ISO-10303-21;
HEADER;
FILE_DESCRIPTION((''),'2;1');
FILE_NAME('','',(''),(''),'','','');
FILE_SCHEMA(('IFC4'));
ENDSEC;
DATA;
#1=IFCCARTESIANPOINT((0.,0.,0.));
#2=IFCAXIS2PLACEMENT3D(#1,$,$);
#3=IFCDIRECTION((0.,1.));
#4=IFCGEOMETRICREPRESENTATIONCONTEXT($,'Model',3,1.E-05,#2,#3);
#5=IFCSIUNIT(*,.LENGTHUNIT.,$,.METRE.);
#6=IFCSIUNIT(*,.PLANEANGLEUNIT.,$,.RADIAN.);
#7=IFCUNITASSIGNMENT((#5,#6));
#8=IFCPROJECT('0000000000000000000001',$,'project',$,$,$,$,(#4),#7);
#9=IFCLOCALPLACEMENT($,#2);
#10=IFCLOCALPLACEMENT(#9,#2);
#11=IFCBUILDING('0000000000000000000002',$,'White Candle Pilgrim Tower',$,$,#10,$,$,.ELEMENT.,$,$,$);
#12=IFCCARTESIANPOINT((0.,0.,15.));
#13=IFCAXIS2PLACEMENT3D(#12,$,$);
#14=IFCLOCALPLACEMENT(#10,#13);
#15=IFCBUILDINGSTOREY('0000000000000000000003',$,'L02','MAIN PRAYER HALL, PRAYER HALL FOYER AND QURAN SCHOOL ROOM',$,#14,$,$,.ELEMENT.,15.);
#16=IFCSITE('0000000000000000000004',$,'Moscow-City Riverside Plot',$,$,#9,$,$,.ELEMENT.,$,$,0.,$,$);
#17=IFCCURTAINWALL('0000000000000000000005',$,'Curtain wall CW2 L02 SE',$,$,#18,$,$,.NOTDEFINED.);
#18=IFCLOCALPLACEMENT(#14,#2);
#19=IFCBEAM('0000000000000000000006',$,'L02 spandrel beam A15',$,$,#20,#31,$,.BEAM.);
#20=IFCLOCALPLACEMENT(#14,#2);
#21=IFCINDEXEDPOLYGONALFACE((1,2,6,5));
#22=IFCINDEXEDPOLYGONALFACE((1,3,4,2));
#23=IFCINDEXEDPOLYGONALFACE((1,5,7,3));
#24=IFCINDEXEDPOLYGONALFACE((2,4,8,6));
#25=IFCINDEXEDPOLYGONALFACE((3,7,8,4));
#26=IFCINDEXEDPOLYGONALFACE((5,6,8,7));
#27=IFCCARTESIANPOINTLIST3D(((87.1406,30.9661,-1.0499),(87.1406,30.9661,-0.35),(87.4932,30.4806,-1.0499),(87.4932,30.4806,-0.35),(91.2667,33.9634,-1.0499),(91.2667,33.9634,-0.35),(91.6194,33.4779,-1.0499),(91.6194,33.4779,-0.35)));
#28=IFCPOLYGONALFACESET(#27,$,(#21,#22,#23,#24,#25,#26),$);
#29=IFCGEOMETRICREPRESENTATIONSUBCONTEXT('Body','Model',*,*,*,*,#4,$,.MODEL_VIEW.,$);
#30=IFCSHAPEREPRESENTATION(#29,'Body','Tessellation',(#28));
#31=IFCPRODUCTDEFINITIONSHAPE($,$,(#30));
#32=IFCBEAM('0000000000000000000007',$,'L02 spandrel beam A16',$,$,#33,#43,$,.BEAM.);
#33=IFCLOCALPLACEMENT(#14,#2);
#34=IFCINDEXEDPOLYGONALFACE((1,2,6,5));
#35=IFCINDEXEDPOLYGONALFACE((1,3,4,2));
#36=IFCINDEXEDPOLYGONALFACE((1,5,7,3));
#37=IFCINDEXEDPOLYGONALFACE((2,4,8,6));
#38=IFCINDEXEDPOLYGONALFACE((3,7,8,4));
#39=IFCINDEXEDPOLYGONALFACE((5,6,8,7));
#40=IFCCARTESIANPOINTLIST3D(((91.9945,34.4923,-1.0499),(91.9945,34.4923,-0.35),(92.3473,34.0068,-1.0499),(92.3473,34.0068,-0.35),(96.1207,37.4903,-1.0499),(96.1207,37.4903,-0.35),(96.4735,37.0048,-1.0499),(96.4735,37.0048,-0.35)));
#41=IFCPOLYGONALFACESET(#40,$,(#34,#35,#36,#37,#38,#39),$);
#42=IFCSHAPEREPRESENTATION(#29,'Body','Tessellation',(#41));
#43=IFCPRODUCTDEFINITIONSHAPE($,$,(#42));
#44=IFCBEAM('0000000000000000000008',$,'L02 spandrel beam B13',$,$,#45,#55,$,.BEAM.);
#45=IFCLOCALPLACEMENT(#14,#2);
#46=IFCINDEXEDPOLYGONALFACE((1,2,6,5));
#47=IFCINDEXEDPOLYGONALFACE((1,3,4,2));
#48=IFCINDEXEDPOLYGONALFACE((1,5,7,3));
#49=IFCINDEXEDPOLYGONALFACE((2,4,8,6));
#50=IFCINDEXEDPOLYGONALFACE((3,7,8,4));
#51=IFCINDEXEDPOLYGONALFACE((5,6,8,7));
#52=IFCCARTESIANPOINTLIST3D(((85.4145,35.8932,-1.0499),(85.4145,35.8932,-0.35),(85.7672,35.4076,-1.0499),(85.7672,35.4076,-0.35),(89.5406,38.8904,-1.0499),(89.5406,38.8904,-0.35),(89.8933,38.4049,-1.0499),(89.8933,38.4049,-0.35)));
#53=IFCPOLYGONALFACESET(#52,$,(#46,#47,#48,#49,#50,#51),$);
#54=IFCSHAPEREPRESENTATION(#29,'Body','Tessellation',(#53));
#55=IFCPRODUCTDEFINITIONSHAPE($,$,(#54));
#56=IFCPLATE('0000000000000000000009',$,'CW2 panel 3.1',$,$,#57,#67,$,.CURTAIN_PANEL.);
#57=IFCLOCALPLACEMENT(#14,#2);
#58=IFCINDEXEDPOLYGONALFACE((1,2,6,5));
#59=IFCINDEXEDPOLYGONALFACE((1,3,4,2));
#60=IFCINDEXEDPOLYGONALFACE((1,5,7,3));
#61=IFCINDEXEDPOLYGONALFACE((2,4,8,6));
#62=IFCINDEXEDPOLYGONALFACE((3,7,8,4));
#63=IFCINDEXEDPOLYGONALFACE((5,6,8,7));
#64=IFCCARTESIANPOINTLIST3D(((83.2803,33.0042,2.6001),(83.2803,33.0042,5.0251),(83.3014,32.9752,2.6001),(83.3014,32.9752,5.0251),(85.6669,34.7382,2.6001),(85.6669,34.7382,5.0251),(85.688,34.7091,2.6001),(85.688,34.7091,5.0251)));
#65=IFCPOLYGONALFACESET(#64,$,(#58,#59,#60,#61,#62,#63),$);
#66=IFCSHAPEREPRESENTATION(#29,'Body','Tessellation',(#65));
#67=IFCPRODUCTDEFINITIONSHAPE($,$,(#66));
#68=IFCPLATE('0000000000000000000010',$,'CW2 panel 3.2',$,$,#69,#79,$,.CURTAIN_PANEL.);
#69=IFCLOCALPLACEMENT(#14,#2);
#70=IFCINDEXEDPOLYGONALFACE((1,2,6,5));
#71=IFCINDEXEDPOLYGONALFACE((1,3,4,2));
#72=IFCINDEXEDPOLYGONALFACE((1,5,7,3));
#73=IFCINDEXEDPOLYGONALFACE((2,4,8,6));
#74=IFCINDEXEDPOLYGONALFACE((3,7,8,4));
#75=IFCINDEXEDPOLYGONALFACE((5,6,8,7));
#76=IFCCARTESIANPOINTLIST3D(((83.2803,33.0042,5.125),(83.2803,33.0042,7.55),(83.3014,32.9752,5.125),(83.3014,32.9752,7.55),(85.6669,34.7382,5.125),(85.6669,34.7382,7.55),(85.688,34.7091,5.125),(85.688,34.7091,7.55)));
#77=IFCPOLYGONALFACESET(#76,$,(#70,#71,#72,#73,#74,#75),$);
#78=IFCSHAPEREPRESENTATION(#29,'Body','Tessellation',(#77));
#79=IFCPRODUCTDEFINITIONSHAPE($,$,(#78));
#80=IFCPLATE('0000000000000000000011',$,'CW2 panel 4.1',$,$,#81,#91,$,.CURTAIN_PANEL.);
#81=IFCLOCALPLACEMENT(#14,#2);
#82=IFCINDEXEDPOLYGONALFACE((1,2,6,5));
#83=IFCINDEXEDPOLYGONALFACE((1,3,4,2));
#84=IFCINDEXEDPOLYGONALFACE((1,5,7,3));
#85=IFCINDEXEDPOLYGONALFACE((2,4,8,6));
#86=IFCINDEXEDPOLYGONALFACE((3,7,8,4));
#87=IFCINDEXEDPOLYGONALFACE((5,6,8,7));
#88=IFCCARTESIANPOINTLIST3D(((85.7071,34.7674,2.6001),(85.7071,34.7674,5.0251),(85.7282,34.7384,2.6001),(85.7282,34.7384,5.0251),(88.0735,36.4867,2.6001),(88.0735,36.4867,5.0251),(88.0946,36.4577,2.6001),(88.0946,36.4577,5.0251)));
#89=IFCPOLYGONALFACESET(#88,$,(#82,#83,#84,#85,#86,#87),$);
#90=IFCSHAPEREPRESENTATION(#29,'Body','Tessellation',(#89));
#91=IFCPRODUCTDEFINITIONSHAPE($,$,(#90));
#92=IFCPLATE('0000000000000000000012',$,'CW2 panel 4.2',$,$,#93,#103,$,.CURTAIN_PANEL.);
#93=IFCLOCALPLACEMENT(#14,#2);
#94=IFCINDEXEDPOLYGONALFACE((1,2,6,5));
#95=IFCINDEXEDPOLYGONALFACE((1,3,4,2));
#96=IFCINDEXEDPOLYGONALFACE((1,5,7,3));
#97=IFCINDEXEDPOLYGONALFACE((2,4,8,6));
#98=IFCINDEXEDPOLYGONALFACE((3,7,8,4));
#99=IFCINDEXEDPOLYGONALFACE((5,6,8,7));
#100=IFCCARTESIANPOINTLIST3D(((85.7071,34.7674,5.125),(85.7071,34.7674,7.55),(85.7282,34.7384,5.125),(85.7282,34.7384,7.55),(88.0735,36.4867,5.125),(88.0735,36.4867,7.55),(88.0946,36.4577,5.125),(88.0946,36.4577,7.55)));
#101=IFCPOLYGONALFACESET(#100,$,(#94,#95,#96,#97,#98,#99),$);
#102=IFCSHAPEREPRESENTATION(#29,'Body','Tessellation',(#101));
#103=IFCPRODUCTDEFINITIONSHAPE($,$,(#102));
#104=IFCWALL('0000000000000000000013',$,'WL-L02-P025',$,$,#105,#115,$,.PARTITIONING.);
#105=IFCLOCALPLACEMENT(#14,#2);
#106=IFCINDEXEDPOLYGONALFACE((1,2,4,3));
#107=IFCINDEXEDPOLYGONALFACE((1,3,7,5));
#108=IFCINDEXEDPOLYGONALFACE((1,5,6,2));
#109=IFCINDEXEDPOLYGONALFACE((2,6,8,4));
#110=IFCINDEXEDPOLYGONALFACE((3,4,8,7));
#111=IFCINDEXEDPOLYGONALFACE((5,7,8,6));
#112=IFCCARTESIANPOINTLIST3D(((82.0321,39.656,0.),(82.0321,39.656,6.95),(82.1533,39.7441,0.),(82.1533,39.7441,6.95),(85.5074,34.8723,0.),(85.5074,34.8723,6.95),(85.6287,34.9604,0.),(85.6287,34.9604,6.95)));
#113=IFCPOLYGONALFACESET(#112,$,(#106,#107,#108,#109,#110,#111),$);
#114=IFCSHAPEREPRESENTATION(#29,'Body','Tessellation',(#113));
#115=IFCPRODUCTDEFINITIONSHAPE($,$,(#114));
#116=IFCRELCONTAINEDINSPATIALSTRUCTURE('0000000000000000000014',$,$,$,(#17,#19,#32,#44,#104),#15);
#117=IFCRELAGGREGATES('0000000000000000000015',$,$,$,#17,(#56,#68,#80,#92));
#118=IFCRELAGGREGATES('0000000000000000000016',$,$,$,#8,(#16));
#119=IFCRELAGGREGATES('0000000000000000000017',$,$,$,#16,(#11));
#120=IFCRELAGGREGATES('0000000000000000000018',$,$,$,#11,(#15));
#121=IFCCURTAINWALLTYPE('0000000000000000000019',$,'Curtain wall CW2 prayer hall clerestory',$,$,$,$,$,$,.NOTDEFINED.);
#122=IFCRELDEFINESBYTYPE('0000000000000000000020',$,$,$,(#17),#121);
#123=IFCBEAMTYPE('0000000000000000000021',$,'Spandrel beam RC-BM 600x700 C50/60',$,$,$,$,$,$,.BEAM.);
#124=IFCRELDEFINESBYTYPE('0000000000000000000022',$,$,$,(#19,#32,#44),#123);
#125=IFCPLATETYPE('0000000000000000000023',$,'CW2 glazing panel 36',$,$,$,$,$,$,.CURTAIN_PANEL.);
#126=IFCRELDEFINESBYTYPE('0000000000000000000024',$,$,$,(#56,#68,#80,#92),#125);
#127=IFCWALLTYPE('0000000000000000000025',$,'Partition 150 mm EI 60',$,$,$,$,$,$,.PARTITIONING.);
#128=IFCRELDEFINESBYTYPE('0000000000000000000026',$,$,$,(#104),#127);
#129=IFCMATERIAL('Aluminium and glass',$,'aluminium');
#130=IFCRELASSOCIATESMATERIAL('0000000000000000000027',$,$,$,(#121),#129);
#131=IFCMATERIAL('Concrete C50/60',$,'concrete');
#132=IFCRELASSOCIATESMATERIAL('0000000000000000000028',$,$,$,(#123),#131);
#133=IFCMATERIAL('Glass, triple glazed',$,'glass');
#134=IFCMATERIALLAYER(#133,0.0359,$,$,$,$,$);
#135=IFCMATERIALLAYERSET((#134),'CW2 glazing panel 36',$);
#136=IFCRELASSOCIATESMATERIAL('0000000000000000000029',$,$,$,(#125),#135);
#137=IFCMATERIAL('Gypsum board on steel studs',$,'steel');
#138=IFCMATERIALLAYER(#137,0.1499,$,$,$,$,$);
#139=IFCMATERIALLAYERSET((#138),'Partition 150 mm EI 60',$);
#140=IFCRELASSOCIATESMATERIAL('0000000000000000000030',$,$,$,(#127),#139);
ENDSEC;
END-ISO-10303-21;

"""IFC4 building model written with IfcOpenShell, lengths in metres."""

from ifc_helpers import new_model, si_unit, direction, frame, frame_2d, origin, origin_2d, place, context, subcontext, project, spatial, rectangle, extrude, material, layer, layer_set, material_profile, profile_set, type_object, element, aggregate, save


model = new_model("IFC4")

# Units and contexts
model_context = context("Model", 3, precision=1e-05, world=origin(), true_north=direction((0.0, 1.0)))
body_context = subcontext(model_context, "Body", "Model", "MODEL_VIEW")
ifc_project = project(units=[si_unit("LENGTHUNIT", "METRE"), si_unit("PLANEANGLEUNIT", "RADIAN")], contexts=[model_context])

# Site, building, storey
site_placement = place(None, origin())
site = spatial("IfcSite", under=ifc_project, at=site_placement, Name="Moscow-City Riverside Plot", CompositionType="ELEMENT", RefElevation=0.0)
building_placement = place(site_placement, origin())
building = spatial("IfcBuilding", under=site, at=building_placement, Name="White Candle Pilgrim Tower", CompositionType="ELEMENT")
storey_placement = place(building_placement, frame((0.0, 0.0, 15.0)))
storey = spatial("IfcBuildingStorey", under=building, at=storey_placement, Name="L02", Description="MAIN PRAYER HALL, PRAYER HALL FOYER AND QURAN SCHOOL ROOM", CompositionType="ELEMENT", Elevation=15.0)

# Curtain wall
ifc_material_1 = material(Name="Aluminium and glass", Category="aluminium")
curtain_wall_type = type_object("IfcCurtainWallType", Name="Curtain wall CW2 prayer hall clerestory", PredefinedType="NOTDEFINED", material=ifc_material_1)
curtain_wall_1_placement = place(storey_placement, origin())
curtain_wall_1 = element("IfcCurtainWall", 1, at=curtain_wall_1_placement, inside=storey, type_object=curtain_wall_type, Name="Curtain wall CW2 L02 SE", PredefinedType="NOTDEFINED")

# Beams
ifc_material_2 = material(Name="Concrete C50/60", Category="concrete")
ifc_material_profile_1 = material_profile(ifc_material_2, rectangle(XDim=0.6001, YDim=0.7, at=origin_2d()), Name="RC-BM 600x700")
ifc_profile_set_1 = profile_set([ifc_material_profile_1], Name="Concrete C50/60")
beam_type = type_object("IfcBeamType", Name="Spandrel beam RC-BM 600x700 C50/60", PredefinedType="BEAM", material=ifc_profile_set_1)
beam_1_placement = place(storey_placement, frame((87.3169, 30.7234, -0.7), z_axis=(0.809069, 0.587713, 0.0), x_axis=(-0.587713, 0.809069, 0.0)))
element("IfcBeam", 2, at=beam_1_placement, inside=storey, type_object=beam_type, Name="L02 spandrel beam A15", PredefinedType="BEAM", context=body_context, shape_type="SweptSolid", body=[
    extrude(rectangle(XDim=0.6001, YDim=0.7, at=origin_2d()), origin(), (0.0, 0.0, 1.0), 5.0999),
])
beam_2_placement = place(storey_placement, frame((92.1709, 34.2495, -0.7), z_axis=(0.809001, 0.587807, 0.0), x_axis=(-0.587807, 0.809001, 0.0)))
element("IfcBeam", 3, at=beam_2_placement, inside=storey, type_object=beam_type, Name="L02 spandrel beam A16", PredefinedType="BEAM", context=body_context, shape_type="SweptSolid", body=[
    extrude(rectangle(XDim=0.6001, YDim=0.7, at=origin_2d()), origin(), (0.0, 0.0, 1.0), 5.1003),
])
beam_3_placement = place(storey_placement, frame((85.5908, 35.6504, -0.7), z_axis=(0.809069, 0.587713, 0.0), x_axis=(-0.587713, 0.809069, 0.0)))
element("IfcBeam", 4, at=beam_3_placement, inside=storey, type_object=beam_type, Name="L02 spandrel beam B13", PredefinedType="BEAM", context=body_context, shape_type="SweptSolid", body=[
    extrude(rectangle(XDim=0.6001, YDim=0.7, at=origin_2d()), origin(), (0.0, 0.0, 1.0), 5.0999),
])

# Plates
ifc_material_3 = material(Name="Glass, triple glazed", Category="glass")
ifc_layer_1 = layer(ifc_material_3, 0.0359)
ifc_layer_set_1 = layer_set([ifc_layer_1], Name="CW2 glazing panel 36")
plate_type = type_object("IfcPlateType", Name="CW2 glazing panel 36", PredefinedType="CURTAIN_PANEL", material=ifc_layer_set_1)
plate_1_placement = place(storey_placement, frame((84.4841, 33.8567, 2.6001), z_axis=(0.0, 0.0, 1.0), x_axis=(0.809017, 0.587785, 0.0)))
plate_1 = element("IfcPlate", 5, at=plate_1_placement, type_object=plate_type, Name="CW2 panel 3.1", PredefinedType="CURTAIN_PANEL", context=body_context, shape_type="SweptSolid", body=[
    extrude(rectangle(XDim=2.95, YDim=0.0359, at=origin_2d()), origin(), (0.0, 0.0, 1.0), 2.425),
])
plate_2_placement = place(storey_placement, frame((84.4841, 33.8567, 5.125), z_axis=(0.0, 0.0, 1.0), x_axis=(0.809017, 0.587785, 0.0)))
plate_2 = element("IfcPlate", 6, at=plate_2_placement, type_object=plate_type, Name="CW2 panel 3.2", PredefinedType="CURTAIN_PANEL", context=body_context, shape_type="SweptSolid", body=[
    extrude(rectangle(XDim=2.95, YDim=0.0359, at=origin_2d()), origin(), (0.0, 0.0, 1.0), 2.425),
])
plate_3_placement = place(storey_placement, frame((86.9009, 35.6125, 2.6001), z_axis=(0.0, 0.0, 1.0), x_axis=(0.809017, 0.587785, 0.0)))
plate_3 = element("IfcPlate", 7, at=plate_3_placement, type_object=plate_type, Name="CW2 panel 4.1", PredefinedType="CURTAIN_PANEL", context=body_context, shape_type="SweptSolid", body=[
    extrude(rectangle(XDim=2.925, YDim=0.0359, at=origin_2d()), origin(), (0.0, 0.0, 1.0), 2.425),
])
plate_4_placement = place(storey_placement, frame((86.9009, 35.6125, 5.125), z_axis=(0.0, 0.0, 1.0), x_axis=(0.809017, 0.587785, 0.0)))
plate_4 = element("IfcPlate", 8, at=plate_4_placement, type_object=plate_type, Name="CW2 panel 4.2", PredefinedType="CURTAIN_PANEL", context=body_context, shape_type="SweptSolid", body=[
    extrude(rectangle(XDim=2.925, YDim=0.0359, at=origin_2d()), origin(), (0.0, 0.0, 1.0), 2.425),
])
aggregate(curtain_wall_1, [plate_1, plate_2, plate_3, plate_4])

# Wall
ifc_material_4 = material(Name="Gypsum board on steel studs", Category="steel")
ifc_layer_2 = layer(ifc_material_4, 0.1499)
ifc_layer_set_2 = layer_set([ifc_layer_2], Name="Partition 150 mm EI 60")
wall_type_1 = type_object("IfcWallType", Name="Partition 150 mm EI 60", PredefinedType="PARTITIONING", material=ifc_layer_set_2)
wall_1_placement = place(storey_placement, frame((85.5681, 34.9163, 0.0), z_axis=(0.0, 0.0, 1.0), x_axis=(-0.587762, 0.809034, 0.0)))
element("IfcWall", 9, at=wall_1_placement, inside=storey, type_object=wall_type_1, Name="WL-L02-P025", PredefinedType="PARTITIONING", context=body_context, shape_type="SweptSolid", body=[
    extrude(rectangle(XDim=5.9128, YDim=0.1499, at=frame_2d((2.9565, 0.0))), origin(), (0.0, 0.0, 1.0), 6.95),
])

save(model, "model.ifc")
